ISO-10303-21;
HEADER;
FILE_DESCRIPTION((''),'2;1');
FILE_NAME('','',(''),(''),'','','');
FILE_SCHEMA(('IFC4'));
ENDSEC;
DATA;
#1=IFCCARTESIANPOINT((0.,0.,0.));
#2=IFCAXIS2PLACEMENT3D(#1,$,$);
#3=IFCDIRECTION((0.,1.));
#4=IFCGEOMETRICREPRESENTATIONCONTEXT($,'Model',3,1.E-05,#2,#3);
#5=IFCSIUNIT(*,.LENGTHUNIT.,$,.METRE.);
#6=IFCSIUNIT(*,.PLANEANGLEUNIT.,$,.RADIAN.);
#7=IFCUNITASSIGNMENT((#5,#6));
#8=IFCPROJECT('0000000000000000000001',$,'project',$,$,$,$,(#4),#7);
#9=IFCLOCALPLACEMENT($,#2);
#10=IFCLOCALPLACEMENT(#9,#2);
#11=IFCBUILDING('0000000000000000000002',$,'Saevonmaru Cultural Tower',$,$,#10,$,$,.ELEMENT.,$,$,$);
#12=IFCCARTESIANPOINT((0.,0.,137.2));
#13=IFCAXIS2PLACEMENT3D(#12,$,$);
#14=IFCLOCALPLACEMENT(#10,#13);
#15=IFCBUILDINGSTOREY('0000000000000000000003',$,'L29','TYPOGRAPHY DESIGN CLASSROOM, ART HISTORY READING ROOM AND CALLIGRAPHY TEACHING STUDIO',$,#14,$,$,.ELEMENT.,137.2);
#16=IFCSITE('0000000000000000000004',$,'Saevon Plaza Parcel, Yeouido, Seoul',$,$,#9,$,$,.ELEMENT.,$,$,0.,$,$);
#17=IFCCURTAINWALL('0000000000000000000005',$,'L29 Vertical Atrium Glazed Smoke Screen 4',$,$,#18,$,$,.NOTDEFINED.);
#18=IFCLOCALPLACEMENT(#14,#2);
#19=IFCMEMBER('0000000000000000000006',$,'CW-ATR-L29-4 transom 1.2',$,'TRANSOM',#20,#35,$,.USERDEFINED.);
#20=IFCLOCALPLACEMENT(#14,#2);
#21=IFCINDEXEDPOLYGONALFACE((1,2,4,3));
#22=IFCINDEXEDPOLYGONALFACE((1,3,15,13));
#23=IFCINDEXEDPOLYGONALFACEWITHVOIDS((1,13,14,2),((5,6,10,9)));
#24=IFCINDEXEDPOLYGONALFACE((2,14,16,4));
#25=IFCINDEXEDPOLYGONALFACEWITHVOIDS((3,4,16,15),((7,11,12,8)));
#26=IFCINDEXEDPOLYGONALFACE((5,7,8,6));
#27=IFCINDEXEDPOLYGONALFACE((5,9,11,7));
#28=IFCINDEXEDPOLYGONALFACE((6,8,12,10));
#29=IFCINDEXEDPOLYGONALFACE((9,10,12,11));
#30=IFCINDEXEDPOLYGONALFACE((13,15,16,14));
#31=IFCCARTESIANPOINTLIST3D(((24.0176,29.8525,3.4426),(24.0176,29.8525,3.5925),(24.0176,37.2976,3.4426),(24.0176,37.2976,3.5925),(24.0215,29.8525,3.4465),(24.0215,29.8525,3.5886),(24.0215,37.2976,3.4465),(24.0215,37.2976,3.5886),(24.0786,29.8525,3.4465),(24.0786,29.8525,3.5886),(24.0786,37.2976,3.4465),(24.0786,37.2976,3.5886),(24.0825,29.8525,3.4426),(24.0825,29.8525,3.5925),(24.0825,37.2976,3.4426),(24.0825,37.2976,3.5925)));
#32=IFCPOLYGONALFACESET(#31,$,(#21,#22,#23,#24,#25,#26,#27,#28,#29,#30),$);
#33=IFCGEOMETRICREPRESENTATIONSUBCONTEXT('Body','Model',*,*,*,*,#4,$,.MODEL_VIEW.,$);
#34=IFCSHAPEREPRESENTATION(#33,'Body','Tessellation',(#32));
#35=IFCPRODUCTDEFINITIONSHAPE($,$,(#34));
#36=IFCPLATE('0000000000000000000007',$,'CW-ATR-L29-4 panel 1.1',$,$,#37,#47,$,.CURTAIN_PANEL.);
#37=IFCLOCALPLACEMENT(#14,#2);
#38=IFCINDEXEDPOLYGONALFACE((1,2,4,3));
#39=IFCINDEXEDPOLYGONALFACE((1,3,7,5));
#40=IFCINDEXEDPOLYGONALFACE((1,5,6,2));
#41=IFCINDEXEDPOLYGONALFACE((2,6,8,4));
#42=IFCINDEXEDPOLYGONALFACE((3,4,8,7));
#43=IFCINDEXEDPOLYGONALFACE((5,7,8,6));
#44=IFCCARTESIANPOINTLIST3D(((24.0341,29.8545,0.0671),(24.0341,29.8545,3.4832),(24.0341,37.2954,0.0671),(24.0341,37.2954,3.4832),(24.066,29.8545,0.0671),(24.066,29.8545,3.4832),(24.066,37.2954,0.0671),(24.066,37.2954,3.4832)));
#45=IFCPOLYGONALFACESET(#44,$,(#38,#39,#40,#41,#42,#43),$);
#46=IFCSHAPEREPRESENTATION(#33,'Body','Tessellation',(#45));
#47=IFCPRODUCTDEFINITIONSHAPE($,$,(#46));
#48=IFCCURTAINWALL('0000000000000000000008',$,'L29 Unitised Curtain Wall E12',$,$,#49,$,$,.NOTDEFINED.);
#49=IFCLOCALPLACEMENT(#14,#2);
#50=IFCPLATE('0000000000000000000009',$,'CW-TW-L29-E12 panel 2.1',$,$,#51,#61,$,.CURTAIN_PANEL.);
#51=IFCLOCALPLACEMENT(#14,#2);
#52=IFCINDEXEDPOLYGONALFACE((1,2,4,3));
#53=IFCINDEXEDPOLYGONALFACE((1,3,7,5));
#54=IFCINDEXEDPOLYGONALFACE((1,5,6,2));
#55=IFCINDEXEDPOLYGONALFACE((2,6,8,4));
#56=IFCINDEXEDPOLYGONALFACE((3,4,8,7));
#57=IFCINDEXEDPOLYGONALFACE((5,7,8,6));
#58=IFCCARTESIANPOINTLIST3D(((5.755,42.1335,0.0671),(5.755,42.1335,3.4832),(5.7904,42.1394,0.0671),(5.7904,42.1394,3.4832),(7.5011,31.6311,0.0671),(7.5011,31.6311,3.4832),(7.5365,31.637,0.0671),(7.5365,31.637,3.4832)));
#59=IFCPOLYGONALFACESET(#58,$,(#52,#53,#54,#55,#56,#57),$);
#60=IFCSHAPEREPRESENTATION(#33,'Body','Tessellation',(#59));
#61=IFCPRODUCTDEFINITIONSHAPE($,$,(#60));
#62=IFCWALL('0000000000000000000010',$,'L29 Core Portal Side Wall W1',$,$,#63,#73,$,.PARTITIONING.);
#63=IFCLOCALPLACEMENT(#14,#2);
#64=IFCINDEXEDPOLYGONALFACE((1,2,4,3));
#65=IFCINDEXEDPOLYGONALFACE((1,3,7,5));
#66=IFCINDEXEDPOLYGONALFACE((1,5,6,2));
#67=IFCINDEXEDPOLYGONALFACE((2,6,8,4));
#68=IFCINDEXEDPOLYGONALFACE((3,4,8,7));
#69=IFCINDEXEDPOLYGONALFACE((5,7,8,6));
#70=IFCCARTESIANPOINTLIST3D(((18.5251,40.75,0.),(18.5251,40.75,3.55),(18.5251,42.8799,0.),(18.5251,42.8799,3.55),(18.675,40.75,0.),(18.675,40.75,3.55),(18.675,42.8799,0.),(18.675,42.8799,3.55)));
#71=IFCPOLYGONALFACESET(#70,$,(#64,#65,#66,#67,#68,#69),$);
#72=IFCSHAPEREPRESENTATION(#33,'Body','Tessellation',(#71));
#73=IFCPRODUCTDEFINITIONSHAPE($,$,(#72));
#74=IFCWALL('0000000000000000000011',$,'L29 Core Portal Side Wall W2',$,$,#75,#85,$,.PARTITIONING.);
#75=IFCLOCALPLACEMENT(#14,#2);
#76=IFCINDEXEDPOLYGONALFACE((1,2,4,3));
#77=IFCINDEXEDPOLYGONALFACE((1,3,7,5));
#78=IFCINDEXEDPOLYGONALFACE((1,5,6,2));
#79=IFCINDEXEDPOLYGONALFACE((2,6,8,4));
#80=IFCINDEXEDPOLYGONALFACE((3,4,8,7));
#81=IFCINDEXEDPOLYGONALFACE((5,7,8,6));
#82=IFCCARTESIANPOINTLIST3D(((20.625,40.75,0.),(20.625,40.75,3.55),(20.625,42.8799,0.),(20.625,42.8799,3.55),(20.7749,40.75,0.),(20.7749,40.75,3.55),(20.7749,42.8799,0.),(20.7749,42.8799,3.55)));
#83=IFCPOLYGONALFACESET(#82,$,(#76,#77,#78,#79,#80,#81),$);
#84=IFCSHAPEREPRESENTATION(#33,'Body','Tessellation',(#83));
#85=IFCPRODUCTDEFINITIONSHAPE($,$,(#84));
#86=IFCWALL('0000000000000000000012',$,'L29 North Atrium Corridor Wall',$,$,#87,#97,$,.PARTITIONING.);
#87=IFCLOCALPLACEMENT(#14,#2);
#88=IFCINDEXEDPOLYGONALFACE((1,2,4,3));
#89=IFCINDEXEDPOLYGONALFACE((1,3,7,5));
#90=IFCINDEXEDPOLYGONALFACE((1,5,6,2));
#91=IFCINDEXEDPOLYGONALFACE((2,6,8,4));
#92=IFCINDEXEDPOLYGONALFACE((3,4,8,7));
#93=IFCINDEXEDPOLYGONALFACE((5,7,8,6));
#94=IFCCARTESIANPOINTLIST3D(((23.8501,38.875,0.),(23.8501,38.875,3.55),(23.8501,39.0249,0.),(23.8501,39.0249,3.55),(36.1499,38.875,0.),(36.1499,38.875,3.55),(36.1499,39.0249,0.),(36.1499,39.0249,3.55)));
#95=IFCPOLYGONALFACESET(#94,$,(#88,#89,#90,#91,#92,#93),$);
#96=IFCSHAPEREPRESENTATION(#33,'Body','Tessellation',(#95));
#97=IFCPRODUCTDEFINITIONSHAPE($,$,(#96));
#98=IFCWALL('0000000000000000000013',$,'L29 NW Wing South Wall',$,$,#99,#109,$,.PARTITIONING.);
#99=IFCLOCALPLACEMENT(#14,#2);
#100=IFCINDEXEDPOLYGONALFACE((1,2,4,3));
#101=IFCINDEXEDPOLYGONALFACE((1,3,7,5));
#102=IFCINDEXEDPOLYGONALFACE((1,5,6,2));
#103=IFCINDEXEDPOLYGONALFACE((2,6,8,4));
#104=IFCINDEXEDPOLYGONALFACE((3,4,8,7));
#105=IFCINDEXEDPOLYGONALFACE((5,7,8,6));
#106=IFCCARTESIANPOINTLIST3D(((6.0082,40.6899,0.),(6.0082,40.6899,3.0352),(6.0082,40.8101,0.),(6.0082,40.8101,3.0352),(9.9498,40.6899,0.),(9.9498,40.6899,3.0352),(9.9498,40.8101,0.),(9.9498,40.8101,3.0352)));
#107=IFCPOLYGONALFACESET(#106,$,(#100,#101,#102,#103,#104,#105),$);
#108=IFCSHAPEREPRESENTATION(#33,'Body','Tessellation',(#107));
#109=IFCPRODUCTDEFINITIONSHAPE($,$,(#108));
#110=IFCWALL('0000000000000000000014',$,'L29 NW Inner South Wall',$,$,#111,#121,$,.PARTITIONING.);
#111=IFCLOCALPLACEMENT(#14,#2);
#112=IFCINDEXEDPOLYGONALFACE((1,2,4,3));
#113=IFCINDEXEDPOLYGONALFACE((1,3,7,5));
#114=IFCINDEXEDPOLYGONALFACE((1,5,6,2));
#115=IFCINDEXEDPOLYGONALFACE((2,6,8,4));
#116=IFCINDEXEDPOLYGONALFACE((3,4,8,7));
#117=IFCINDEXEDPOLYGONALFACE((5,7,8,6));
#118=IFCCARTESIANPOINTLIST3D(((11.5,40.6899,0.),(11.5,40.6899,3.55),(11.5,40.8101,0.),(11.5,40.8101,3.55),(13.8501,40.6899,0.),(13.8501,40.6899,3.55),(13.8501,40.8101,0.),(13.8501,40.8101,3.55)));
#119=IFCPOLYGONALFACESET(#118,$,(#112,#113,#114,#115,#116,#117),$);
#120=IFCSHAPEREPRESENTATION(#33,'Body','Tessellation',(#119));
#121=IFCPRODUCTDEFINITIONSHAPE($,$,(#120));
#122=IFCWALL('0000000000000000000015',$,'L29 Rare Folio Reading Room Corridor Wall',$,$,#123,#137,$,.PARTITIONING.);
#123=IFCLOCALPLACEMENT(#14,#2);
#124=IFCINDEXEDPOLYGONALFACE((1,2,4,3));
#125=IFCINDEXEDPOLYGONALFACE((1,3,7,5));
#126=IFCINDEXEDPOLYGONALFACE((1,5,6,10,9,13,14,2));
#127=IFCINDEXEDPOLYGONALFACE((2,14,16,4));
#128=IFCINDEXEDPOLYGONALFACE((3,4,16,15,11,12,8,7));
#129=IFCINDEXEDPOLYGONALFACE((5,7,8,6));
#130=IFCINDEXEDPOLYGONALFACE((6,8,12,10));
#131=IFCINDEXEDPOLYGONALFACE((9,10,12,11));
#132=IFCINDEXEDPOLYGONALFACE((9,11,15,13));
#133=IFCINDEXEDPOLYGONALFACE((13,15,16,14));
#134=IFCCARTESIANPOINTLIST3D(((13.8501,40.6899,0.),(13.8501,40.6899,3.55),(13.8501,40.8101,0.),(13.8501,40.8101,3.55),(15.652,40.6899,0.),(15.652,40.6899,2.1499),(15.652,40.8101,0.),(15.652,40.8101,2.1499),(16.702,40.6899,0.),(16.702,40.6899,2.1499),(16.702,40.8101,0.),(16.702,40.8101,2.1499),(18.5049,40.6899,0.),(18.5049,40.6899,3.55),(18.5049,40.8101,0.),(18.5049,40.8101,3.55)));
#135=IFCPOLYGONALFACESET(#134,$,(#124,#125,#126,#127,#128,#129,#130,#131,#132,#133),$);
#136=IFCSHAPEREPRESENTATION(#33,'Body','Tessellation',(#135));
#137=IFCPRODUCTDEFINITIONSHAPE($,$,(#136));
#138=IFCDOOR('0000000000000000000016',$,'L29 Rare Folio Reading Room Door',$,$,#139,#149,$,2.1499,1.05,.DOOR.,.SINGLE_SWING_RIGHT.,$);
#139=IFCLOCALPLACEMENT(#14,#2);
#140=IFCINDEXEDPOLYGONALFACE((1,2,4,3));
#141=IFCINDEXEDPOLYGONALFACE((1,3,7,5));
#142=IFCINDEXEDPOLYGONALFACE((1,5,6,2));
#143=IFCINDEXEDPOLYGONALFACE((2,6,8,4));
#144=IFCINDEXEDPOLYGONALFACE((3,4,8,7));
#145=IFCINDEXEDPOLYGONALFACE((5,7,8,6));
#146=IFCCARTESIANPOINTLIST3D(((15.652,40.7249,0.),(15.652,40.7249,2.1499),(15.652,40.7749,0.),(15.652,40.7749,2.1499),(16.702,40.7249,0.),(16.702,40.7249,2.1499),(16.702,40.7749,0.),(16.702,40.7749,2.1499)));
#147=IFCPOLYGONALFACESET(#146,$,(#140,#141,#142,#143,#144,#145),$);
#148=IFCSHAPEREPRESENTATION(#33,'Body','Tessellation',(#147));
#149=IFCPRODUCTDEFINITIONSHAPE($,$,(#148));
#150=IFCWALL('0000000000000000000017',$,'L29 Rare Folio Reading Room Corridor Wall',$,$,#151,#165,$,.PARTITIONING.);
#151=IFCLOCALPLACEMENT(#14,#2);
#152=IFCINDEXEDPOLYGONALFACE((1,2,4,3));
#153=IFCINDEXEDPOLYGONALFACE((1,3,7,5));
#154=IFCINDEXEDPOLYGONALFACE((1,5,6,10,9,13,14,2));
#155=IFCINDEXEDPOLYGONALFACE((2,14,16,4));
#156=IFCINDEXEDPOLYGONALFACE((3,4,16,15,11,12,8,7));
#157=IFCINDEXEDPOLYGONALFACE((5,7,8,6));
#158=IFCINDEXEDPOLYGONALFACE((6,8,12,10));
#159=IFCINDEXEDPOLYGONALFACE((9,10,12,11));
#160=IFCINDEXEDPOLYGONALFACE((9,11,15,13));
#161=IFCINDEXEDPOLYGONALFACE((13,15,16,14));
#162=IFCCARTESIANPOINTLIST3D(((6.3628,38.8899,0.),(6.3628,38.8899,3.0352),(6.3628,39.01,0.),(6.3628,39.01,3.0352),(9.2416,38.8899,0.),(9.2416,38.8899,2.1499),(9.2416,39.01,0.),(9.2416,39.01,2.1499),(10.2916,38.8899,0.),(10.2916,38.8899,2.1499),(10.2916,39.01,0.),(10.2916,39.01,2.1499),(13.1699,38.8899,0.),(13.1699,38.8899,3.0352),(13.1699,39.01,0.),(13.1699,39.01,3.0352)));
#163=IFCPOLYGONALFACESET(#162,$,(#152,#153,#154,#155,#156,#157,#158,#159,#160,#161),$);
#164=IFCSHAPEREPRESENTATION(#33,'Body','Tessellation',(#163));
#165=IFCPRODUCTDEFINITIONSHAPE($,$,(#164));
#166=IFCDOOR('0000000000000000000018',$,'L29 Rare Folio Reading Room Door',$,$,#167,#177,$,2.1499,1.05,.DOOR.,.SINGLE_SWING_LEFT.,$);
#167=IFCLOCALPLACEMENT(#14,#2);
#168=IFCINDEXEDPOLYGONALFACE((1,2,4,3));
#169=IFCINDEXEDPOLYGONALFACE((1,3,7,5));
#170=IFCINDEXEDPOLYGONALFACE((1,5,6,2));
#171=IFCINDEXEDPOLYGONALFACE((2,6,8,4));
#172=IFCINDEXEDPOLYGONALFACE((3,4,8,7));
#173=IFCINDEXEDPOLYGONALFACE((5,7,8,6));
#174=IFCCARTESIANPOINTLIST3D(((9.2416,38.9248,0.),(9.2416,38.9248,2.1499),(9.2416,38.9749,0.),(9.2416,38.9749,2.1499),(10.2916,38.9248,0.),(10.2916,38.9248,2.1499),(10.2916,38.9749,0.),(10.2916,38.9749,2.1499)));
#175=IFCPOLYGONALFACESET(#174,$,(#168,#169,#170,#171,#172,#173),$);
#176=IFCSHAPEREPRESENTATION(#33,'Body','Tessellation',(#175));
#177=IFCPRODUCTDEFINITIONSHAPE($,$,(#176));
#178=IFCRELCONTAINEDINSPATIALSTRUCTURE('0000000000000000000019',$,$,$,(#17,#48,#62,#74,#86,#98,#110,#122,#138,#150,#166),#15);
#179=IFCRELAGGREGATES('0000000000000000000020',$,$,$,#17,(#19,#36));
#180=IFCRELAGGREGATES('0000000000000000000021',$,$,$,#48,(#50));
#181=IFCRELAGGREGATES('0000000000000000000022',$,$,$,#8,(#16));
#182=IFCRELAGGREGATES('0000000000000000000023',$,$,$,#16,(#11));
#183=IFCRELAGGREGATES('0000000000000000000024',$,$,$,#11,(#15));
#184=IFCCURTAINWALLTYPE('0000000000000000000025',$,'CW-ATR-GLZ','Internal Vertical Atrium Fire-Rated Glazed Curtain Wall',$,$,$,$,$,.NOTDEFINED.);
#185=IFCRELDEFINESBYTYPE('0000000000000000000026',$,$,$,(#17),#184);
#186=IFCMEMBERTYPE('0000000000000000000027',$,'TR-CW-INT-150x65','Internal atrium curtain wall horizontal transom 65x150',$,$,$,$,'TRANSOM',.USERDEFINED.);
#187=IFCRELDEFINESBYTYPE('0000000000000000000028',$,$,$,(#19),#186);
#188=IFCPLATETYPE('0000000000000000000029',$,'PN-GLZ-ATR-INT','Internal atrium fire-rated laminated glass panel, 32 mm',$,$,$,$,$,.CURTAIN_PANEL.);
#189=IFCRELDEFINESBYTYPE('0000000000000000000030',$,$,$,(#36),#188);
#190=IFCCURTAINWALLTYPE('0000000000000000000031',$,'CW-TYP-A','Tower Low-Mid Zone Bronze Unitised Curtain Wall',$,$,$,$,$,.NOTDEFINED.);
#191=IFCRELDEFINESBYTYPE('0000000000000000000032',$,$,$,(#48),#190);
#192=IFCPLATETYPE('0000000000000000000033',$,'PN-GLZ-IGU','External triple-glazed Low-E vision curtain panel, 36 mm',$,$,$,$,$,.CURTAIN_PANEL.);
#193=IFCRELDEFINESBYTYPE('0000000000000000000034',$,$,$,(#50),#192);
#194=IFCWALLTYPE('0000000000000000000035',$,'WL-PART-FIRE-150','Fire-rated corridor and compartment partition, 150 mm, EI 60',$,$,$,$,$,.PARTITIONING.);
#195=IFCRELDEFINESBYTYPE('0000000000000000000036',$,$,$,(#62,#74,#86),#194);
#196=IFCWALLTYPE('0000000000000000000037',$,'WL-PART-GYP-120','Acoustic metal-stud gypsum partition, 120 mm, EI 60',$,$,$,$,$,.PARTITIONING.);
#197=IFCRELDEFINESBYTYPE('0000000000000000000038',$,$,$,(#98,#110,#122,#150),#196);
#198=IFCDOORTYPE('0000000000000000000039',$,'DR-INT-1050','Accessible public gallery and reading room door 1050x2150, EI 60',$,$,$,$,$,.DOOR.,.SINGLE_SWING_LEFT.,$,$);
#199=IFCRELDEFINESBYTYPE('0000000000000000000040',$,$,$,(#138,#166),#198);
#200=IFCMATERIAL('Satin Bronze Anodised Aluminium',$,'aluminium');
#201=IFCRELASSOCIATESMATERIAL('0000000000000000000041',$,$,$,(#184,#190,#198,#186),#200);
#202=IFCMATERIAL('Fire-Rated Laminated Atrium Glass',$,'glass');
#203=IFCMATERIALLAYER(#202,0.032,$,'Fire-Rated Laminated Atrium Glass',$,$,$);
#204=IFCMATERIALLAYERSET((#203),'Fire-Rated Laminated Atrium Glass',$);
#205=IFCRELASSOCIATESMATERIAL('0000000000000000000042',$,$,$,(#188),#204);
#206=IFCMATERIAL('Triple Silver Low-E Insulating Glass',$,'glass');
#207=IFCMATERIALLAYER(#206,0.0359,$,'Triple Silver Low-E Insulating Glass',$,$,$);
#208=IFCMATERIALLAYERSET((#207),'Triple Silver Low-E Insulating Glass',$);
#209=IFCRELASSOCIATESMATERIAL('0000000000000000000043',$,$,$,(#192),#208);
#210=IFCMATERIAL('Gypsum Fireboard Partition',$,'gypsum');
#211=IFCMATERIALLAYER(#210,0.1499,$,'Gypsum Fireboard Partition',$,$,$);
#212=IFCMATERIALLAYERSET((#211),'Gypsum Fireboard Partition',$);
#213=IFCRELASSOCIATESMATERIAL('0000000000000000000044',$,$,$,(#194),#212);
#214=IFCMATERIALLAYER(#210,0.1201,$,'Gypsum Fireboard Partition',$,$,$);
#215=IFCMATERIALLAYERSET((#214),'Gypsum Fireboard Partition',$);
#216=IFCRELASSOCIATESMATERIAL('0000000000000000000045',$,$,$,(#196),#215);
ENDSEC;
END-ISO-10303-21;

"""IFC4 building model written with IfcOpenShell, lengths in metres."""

from ifc_helpers import new_model, si_unit, direction, frame, frame_2d, origin, origin_2d, place, context, subcontext, project, spatial, rectangle, hollow_rectangle, extrude, material, layer, layer_set, material_profile, profile_set, type_object, element, fill, aggregate, save


model = new_model("IFC4")

# Units and contexts
model_context = context("Model", 3, precision=1e-05, world=origin(), true_north=direction((0.0, 1.0)))
body_context = subcontext(model_context, "Body", "Model", "MODEL_VIEW")
ifc_project = project(units=[si_unit("LENGTHUNIT", "METRE"), si_unit("PLANEANGLEUNIT", "RADIAN")], contexts=[model_context])

# Site, building, storey
site_placement = place(None, origin())
site = spatial("IfcSite", under=ifc_project, at=site_placement, Name="Saevon Plaza Parcel, Yeouido, Seoul", CompositionType="ELEMENT", RefElevation=0.0)
building_placement = place(site_placement, origin())
building = spatial("IfcBuilding", under=site, at=building_placement, Name="Saevonmaru Cultural Tower", CompositionType="ELEMENT")
storey_placement = place(building_placement, frame((0.0, 0.0, 137.2)))
storey = spatial("IfcBuildingStorey", under=building, at=storey_placement, Name="L29", Description="TYPOGRAPHY DESIGN CLASSROOM, ART HISTORY READING ROOM AND CALLIGRAPHY TEACHING STUDIO", CompositionType="ELEMENT", Elevation=137.2)

# Curtain wall, member, plate
ifc_material_1 = material(Name="Satin Bronze Anodised Aluminium", Category="aluminium")
curtain_wall_type_1 = type_object("IfcCurtainWallType", Name="CW-ATR-GLZ", Description="Internal Vertical Atrium Fire-Rated Glazed Curtain Wall", PredefinedType="NOTDEFINED", material=ifc_material_1)
curtain_wall_1_placement = place(storey_placement, origin())
curtain_wall_1 = element("IfcCurtainWall", 1, at=curtain_wall_1_placement, inside=storey, type_object=curtain_wall_type_1, Name="L29 Vertical Atrium Glazed Smoke Screen 4", PredefinedType="NOTDEFINED")
ifc_material_profile_1 = material_profile(ifc_material_1, hollow_rectangle(XDim=0.0649, YDim=0.1499, WallThickness=0.0039, at=origin_2d()), Name="ALU-TRAN-150x65x4")
ifc_profile_set_1 = profile_set([ifc_material_profile_1], Name="Satin Bronze Anodised Aluminium")
member_type_1 = type_object("IfcMemberType", Name="TR-CW-INT-150x65", Description="Internal atrium curtain wall horizontal transom 65x150", ElementType="TRANSOM", PredefinedType="USERDEFINED", material=ifc_profile_set_1)
member_1_placement = place(storey_placement, frame((24.05, 37.2976, 3.5176), z_axis=(0.0, -1.0, 0.0), x_axis=(1.0, 0.0, 0.0)))
member_1 = element("IfcMember", 2, at=member_1_placement, type_object=member_type_1, Name="CW-ATR-L29-4 transom 1.2", ObjectType="TRANSOM", PredefinedType="USERDEFINED", context=body_context, shape_type="SweptSolid", body=[
    extrude(hollow_rectangle(XDim=0.0649, YDim=0.1499, WallThickness=0.0039, at=origin_2d()), origin(), (0.0, 0.0, 1.0), 7.4451),
])
ifc_material_2 = material(Name="Fire-Rated Laminated Atrium Glass", Category="glass")
ifc_layer_1 = layer(ifc_material_2, 0.032, Name="Fire-Rated Laminated Atrium Glass")
ifc_layer_set_1 = layer_set([ifc_layer_1], Name="Fire-Rated Laminated Atrium Glass")
plate_type_1 = type_object("IfcPlateType", Name="PN-GLZ-ATR-INT", Description="Internal atrium fire-rated laminated glass panel, 32 mm", PredefinedType="CURTAIN_PANEL", material=ifc_layer_set_1)
plate_1_placement = place(storey_placement, frame((24.05, 33.575, 0.0671), z_axis=(0.0, 0.0, 1.0), x_axis=(0.0, -1.0, 0.0)))
plate_1 = element("IfcPlate", 3, at=plate_1_placement, type_object=plate_type_1, Name="CW-ATR-L29-4 panel 1.1", PredefinedType="CURTAIN_PANEL", context=body_context, shape_type="SweptSolid", body=[
    extrude(rectangle(XDim=7.4409, YDim=0.032, at=origin_2d()), origin(), (0.0, 0.0, 1.0), 3.416),
])
aggregate(curtain_wall_1, [member_1, plate_1])

# Curtain wall, plate
curtain_wall_type_2 = type_object("IfcCurtainWallType", Name="CW-TYP-A", Description="Tower Low-Mid Zone Bronze Unitised Curtain Wall", PredefinedType="NOTDEFINED", material=ifc_material_1)
curtain_wall_2_placement = place(storey_placement, origin())
curtain_wall_2 = element("IfcCurtainWall", 4, at=curtain_wall_2_placement, inside=storey, type_object=curtain_wall_type_2, Name="L29 Unitised Curtain Wall E12", PredefinedType="NOTDEFINED")
ifc_material_3 = material(Name="Triple Silver Low-E Insulating Glass", Category="glass")
ifc_layer_2 = layer(ifc_material_3, 0.0359, Name="Triple Silver Low-E Insulating Glass")
ifc_layer_set_2 = layer_set([ifc_layer_2], Name="Triple Silver Low-E Insulating Glass")
plate_type_2 = type_object("IfcPlateType", Name="PN-GLZ-IGU", Description="External triple-glazed Low-E vision curtain panel, 36 mm", PredefinedType="CURTAIN_PANEL", material=ifc_layer_set_2)
plate_2_placement = place(storey_placement, frame((6.6458, 36.8853, 0.0671), z_axis=(0.0, 0.0, 1.0), x_axis=(0.163999, -0.986461, 0.0)))
plate_2 = element("IfcPlate", 5, at=plate_2_placement, type_object=plate_type_2, Name="CW-TW-L29-E12 panel 2.1", PredefinedType="CURTAIN_PANEL", context=body_context, shape_type="SweptSolid", body=[
    extrude(rectangle(XDim=10.6465, YDim=0.0359, at=origin_2d()), origin(), (0.0, 0.0, 1.0), 3.416),
])
aggregate(curtain_wall_2, [plate_2])

# Walls
ifc_material_4 = material(Name="Gypsum Fireboard Partition", Category="gypsum")
ifc_layer_3 = layer(ifc_material_4, 0.1499, Name="Gypsum Fireboard Partition")
ifc_layer_set_3 = layer_set([ifc_layer_3], Name="Gypsum Fireboard Partition")
wall_type_1 = type_object("IfcWallType", Name="WL-PART-FIRE-150", Description="Fire-rated corridor and compartment partition, 150 mm, EI 60", PredefinedType="PARTITIONING", material=ifc_layer_set_3)
for number, where, z_axis, x_axis, name in (
    (6, (18.6001, 40.75, 0.0), (0.0, 0.0, 1.0), (0.0, 1.0, 0.0), "L29 Core Portal Side Wall W1"),
    (7, (20.7, 40.75, 0.0), (0.0, 0.0, 1.0), (0.0, 1.0, 0.0), "L29 Core Portal Side Wall W2"),
):
    element("IfcWall", number, at=place(storey_placement, frame(where, z_axis=z_axis, x_axis=x_axis)), inside=storey, type_object=wall_type_1, Name=name, PredefinedType="PARTITIONING", context=body_context, shape_type="SweptSolid", body=[
        extrude(rectangle(XDim=2.1299, YDim=0.1499, at=frame_2d((1.0649, 0.0))), origin(), (0.0, 0.0, 1.0), 3.55),
    ])
wall_1_placement = place(storey_placement, frame((23.8501, 38.95, 0.0), z_axis=(0.0, 0.0, 1.0), x_axis=(1.0, 0.0, 0.0)))
element("IfcWall", 8, at=wall_1_placement, inside=storey, type_object=wall_type_1, Name="L29 North Atrium Corridor Wall", PredefinedType="PARTITIONING", context=body_context, shape_type="SweptSolid", body=[
    extrude(rectangle(XDim=12.2998, YDim=0.1499, at=frame_2d((6.1499, 0.0))), origin(), (0.0, 0.0, 1.0), 3.55),
])
ifc_layer_4 = layer(ifc_material_4, 0.1201, Name="Gypsum Fireboard Partition")
ifc_layer_set_4 = layer_set([ifc_layer_4], Name="Gypsum Fireboard Partition")
wall_type_2 = type_object("IfcWallType", Name="WL-PART-GYP-120", Description="Acoustic metal-stud gypsum partition, 120 mm, EI 60", PredefinedType="PARTITIONING", material=ifc_layer_set_4)
wall_2_placement = place(storey_placement, frame((6.0083, 40.75, 0.0), z_axis=(0.0, 0.0, 1.0), x_axis=(1.0, 0.0, 0.0)))
element("IfcWall", 9, at=wall_2_placement, inside=storey, type_object=wall_type_2, Name="L29 NW Wing South Wall", PredefinedType="PARTITIONING", context=body_context, shape_type="SweptSolid", body=[
    extrude(rectangle(XDim=3.9417, YDim=0.1201, at=frame_2d((1.9707, 0.0))), origin(), (0.0, 0.0, 1.0), 3.0352),
])
wall_3_placement = place(storey_placement, frame((11.5, 40.75, 0.0), z_axis=(0.0, 0.0, 1.0), x_axis=(1.0, 0.0, 0.0)))
element("IfcWall", 10, at=wall_3_placement, inside=storey, type_object=wall_type_2, Name="L29 NW Inner South Wall", PredefinedType="PARTITIONING", context=body_context, shape_type="SweptSolid", body=[
    extrude(rectangle(XDim=2.3501, YDim=0.1201, at=frame_2d((1.175, 0.0))), origin(), (0.0, 0.0, 1.0), 3.55),
])

# Walls, openings, doors
wall_4_placement = place(storey_placement, frame((13.8501, 40.75, 0.0), z_axis=(0.0, 0.0, 1.0), x_axis=(1.0, 0.0, 0.0)))
wall_4 = element("IfcWall", 11, at=wall_4_placement, inside=storey, type_object=wall_type_2, Name="L29 Rare Folio Reading Room Corridor Wall", PredefinedType="PARTITIONING", context=body_context, shape_type="SweptSolid", body=[
    extrude(rectangle(XDim=4.6548, YDim=0.1201, at=frame_2d((2.3274, 0.0))), origin(), (0.0, 0.0, 1.0), 3.55),
])
opening_1_placement = place(wall_4_placement, frame((1.802, 0.0, 0.0)))
opening_1 = element("IfcOpeningElement", 12, at=opening_1_placement, cuts=wall_4, PredefinedType="OPENING", context=body_context, shape_type="SweptSolid", body=[
    extrude(rectangle(XDim=1.05, YDim=2.1499, at=frame_2d((0.5249, 1.075))), frame((0.0, 0.0701, 0.0), z_axis=(0.0, -1.0, 0.0), x_axis=(1.0, 0.0, 0.0)), (0.0, 0.0, 1.0), 0.1401),
])
door_type_1 = type_object("IfcDoorType", Name="DR-INT-1050", Description="Accessible public gallery and reading room door 1050x2150, EI 60", OperationType="SINGLE_SWING_LEFT", PredefinedType="DOOR", material=ifc_material_1)
door_1_placement = place(opening_1_placement, origin())
door_1 = element("IfcDoor", 13, at=door_1_placement, inside=storey, type_object=door_type_1, Name="L29 Rare Folio Reading Room Door", OperationType="SINGLE_SWING_RIGHT", OverallHeight=2.1499, OverallWidth=1.05, PredefinedType="DOOR", context=body_context, shape_type="SweptSolid", body=[
    extrude(rectangle(XDim=1.05, YDim=2.1499, at=frame_2d((0.5249, 1.075))), frame((0.0, 0.0249, 0.0), z_axis=(0.0, -1.0, 0.0), x_axis=(1.0, 0.0, 0.0)), (0.0, 0.0, 1.0), 0.05),
])
fill(opening_1, door_1)
wall_5_placement = place(storey_placement, frame((6.3628, 38.95, 0.0), z_axis=(0.0, 0.0, 1.0), x_axis=(1.0, 0.0, 0.0)))
wall_5 = element("IfcWall", 14, at=wall_5_placement, inside=storey, type_object=wall_type_2, Name="L29 Rare Folio Reading Room Corridor Wall", PredefinedType="PARTITIONING", context=body_context, shape_type="SweptSolid", body=[
    extrude(rectangle(XDim=6.8071, YDim=0.1201, at=frame_2d((3.4036, 0.0))), origin(), (0.0, 0.0, 1.0), 3.0352),
])
opening_2_placement = place(wall_5_placement, frame((2.8789, 0.0, 0.0)))
opening_2 = element("IfcOpeningElement", 15, at=opening_2_placement, cuts=wall_5, PredefinedType="OPENING", context=body_context, shape_type="SweptSolid", body=[
    extrude(rectangle(XDim=1.05, YDim=2.1499, at=frame_2d((0.5249, 1.075))), frame((0.0, 0.0701, 0.0), z_axis=(0.0, -1.0, 0.0), x_axis=(1.0, 0.0, 0.0)), (0.0, 0.0, 1.0), 0.1401),
])
door_2_placement = place(opening_2_placement, origin())
door_2 = element("IfcDoor", 16, at=door_2_placement, inside=storey, type_object=door_type_1, Name="L29 Rare Folio Reading Room Door", OperationType="SINGLE_SWING_LEFT", OverallHeight=2.1499, OverallWidth=1.05, PredefinedType="DOOR", context=body_context, shape_type="SweptSolid", body=[
    extrude(rectangle(XDim=1.05, YDim=2.1499, at=frame_2d((0.5249, 1.075))), frame((0.0, 0.0249, 0.0), z_axis=(0.0, -1.0, 0.0), x_axis=(1.0, 0.0, 0.0)), (0.0, 0.0, 1.0), 0.05),
])
fill(opening_2, door_2)

save(model, "model.ifc")
